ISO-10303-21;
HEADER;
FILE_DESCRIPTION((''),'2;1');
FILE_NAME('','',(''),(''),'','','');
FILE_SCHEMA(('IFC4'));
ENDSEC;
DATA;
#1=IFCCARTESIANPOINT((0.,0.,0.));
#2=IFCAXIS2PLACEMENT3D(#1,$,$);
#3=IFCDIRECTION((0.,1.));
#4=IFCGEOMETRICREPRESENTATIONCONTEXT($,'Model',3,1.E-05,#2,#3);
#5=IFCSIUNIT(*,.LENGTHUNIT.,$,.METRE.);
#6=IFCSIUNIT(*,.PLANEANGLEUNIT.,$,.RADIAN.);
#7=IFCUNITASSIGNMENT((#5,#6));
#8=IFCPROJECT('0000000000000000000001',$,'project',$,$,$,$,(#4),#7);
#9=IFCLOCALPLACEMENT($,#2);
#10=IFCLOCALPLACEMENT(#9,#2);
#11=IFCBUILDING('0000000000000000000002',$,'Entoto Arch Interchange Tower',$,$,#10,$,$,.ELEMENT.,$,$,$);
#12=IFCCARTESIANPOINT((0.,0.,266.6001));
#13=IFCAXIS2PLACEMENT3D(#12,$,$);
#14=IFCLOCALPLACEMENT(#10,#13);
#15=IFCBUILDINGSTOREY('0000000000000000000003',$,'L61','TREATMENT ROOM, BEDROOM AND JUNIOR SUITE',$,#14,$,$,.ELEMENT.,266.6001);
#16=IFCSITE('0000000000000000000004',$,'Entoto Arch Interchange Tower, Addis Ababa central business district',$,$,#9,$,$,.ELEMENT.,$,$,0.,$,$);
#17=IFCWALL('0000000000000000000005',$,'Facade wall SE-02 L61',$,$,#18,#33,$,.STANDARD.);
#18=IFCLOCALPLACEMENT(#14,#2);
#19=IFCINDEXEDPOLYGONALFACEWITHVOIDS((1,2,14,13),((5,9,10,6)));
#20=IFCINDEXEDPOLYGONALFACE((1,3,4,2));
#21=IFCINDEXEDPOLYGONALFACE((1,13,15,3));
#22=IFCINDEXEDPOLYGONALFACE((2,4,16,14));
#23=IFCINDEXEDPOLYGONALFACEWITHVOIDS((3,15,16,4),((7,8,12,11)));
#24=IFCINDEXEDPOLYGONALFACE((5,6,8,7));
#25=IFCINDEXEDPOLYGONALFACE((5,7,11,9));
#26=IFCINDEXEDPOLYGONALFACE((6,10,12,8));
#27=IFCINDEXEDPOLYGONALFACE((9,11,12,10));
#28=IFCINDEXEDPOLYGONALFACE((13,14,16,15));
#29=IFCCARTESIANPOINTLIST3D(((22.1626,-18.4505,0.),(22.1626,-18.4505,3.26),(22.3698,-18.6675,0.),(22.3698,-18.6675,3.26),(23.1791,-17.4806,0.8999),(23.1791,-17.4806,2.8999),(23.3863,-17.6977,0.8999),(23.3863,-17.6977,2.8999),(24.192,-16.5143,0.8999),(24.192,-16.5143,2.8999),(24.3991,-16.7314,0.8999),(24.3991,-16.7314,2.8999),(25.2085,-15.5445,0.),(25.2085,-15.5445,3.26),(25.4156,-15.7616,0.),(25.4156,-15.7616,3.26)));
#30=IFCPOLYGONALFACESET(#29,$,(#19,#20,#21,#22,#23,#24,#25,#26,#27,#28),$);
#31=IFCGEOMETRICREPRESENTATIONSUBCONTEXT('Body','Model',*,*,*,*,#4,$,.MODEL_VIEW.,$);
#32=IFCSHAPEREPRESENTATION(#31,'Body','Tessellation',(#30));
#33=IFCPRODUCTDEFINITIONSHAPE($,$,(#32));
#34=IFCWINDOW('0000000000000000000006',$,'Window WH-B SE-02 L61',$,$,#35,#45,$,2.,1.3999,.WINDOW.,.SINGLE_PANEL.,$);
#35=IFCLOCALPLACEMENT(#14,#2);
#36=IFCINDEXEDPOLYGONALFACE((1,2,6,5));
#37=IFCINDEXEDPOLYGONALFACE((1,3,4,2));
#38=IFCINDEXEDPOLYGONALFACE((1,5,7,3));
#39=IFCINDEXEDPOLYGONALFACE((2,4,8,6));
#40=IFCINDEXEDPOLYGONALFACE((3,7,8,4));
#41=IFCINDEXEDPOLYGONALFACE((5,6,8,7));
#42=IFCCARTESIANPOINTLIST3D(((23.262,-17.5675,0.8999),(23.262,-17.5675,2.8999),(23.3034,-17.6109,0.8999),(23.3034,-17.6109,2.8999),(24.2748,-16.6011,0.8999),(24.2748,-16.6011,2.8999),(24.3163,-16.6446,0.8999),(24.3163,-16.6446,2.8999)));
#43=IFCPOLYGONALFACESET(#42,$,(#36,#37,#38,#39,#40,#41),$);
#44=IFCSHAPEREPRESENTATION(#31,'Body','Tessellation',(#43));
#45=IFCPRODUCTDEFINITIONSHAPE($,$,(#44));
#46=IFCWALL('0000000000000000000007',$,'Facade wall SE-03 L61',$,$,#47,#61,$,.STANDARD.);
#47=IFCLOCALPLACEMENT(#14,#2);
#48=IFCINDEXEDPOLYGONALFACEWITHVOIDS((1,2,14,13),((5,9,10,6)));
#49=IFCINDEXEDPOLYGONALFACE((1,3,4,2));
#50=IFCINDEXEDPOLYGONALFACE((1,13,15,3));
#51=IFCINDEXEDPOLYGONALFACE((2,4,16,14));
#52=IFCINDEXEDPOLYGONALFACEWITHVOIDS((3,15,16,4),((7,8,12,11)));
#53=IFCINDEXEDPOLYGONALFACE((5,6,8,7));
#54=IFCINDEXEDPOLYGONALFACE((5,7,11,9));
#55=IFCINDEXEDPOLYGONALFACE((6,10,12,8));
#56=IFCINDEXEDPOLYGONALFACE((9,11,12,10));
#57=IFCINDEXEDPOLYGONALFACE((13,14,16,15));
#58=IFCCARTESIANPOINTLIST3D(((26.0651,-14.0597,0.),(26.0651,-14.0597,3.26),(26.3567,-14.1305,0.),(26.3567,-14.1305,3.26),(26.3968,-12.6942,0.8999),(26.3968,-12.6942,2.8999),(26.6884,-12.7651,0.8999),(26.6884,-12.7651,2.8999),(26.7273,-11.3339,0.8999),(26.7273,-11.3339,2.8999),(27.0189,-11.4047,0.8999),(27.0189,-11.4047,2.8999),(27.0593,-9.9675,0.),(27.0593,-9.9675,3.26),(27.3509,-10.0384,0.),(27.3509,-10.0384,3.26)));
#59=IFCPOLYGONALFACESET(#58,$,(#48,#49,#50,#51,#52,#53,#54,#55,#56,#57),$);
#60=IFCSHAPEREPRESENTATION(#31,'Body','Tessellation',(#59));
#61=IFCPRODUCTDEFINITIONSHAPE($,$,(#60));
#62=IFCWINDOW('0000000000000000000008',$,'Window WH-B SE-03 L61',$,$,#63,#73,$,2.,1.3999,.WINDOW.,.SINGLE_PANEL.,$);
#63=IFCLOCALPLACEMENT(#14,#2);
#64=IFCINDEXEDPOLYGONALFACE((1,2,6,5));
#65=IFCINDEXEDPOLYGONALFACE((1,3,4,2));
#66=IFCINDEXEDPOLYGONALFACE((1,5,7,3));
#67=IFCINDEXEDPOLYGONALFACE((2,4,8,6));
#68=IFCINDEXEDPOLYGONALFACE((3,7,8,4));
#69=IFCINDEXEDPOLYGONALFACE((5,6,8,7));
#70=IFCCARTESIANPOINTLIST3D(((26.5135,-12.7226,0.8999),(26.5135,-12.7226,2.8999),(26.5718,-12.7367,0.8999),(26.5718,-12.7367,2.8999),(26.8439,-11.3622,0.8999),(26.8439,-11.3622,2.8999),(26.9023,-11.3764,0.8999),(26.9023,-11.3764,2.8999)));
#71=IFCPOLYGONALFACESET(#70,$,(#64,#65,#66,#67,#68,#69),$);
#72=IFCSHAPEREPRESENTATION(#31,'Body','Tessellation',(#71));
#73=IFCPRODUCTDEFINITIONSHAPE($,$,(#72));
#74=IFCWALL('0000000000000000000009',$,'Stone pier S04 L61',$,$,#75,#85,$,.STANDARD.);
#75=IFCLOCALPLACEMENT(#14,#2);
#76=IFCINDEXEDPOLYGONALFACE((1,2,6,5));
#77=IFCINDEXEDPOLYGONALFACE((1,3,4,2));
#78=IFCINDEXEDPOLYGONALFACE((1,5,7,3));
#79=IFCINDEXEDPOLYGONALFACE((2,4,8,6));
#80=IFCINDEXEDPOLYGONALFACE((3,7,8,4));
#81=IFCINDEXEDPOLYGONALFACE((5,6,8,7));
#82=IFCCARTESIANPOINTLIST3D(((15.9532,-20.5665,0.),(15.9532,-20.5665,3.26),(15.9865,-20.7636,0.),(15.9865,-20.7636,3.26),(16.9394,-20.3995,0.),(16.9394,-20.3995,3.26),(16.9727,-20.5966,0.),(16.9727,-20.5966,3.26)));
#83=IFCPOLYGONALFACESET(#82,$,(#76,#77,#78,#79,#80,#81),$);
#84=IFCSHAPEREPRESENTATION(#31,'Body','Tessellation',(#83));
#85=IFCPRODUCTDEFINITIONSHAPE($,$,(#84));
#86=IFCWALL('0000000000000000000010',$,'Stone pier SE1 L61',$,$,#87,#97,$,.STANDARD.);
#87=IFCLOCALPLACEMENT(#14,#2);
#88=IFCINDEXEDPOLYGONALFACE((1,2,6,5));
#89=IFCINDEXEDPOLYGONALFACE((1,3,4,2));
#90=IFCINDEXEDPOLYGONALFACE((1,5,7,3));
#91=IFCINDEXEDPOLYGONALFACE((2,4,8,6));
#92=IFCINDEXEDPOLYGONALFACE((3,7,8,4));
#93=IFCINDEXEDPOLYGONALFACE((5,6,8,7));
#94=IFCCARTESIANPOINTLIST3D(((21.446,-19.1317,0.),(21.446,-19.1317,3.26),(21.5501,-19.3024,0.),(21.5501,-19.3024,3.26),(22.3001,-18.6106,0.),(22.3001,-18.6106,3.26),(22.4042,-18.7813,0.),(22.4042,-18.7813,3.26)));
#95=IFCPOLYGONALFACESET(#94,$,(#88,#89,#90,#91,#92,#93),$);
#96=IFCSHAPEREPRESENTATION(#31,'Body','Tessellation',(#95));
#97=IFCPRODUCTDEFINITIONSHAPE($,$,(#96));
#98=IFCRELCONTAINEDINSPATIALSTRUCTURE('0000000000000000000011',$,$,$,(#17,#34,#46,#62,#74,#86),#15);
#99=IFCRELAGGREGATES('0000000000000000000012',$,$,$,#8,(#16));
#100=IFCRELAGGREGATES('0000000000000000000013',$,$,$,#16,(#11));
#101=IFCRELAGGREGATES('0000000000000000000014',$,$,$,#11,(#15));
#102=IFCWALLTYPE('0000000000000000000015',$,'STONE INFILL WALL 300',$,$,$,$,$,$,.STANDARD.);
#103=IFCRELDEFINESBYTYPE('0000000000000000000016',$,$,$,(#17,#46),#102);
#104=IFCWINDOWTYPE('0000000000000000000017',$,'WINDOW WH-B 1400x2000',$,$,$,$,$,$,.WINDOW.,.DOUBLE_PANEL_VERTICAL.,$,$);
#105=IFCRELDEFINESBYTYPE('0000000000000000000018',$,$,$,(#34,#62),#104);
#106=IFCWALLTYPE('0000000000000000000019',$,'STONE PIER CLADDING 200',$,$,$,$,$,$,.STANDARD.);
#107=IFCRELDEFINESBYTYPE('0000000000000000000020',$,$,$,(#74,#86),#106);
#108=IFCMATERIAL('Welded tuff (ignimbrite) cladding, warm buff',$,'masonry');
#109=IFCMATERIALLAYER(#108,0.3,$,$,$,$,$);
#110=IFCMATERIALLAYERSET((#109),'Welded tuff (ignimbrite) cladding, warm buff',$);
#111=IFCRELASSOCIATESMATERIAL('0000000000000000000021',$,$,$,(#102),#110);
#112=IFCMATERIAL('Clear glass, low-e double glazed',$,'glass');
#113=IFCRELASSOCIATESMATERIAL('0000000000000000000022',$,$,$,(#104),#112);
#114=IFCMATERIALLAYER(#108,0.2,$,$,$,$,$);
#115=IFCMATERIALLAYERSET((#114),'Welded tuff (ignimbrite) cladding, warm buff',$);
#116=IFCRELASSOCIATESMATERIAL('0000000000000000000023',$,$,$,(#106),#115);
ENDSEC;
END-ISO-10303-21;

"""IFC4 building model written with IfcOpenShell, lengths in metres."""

from ifc_helpers import new_model, si_unit, direction, frame, frame_2d, origin, place, context, subcontext, project, spatial, rectangle, extrude, material, layer, layer_set, type_object, element, fill, save


model = new_model("IFC4")

# Units and contexts
model_context = context("Model", 3, precision=1e-05, world=origin(), true_north=direction((0.0, 1.0)))
body_context = subcontext(model_context, "Body", "Model", "MODEL_VIEW")
ifc_project = project(units=[si_unit("LENGTHUNIT", "METRE"), si_unit("PLANEANGLEUNIT", "RADIAN")], contexts=[model_context])

# Site, building, storey
site_placement = place(None, origin())
site = spatial("IfcSite", under=ifc_project, at=site_placement, Name="Entoto Arch Interchange Tower, Addis Ababa central business district", CompositionType="ELEMENT", RefElevation=0.0)
building_placement = place(site_placement, origin())
building = spatial("IfcBuilding", under=site, at=building_placement, Name="Entoto Arch Interchange Tower", CompositionType="ELEMENT")
storey_placement = place(building_placement, frame((0.0, 0.0, 266.6001)))
storey = spatial("IfcBuildingStorey", under=building, at=storey_placement, Name="L61", Description="TREATMENT ROOM, BEDROOM AND JUNIOR SUITE", CompositionType="ELEMENT", Elevation=266.6001)

# Shared definitions
ifc_material_1 = material(Name="Welded tuff (ignimbrite) cladding, warm buff", Category="masonry")
ifc_layer_1 = layer(ifc_material_1, 0.3)
ifc_layer_set_1 = layer_set([ifc_layer_1], Name="Welded tuff (ignimbrite) cladding, warm buff")
wall_type_1 = type_object("IfcWallType", Name="STONE INFILL WALL 300", PredefinedType="STANDARD", material=ifc_layer_set_1)
ifc_material_2 = material(Name="Clear glass, low-e double glazed", Category="glass")

# Walls, openings, windows
window_type_1 = type_object("IfcWindowType", Name="WINDOW WH-B 1400x2000", PartitioningType="DOUBLE_PANEL_VERTICAL", PredefinedType="WINDOW", material=ifc_material_2)
wall_1_placement = place(storey_placement, frame((22.2661, -18.5591, 0.0), z_axis=(0.0, 0.0, 1.0), x_axis=(0.723527, 0.690296, 0.0)))
wall_1 = element("IfcWall", 1, at=wall_1_placement, inside=storey, type_object=wall_type_1, Name="Facade wall SE-02 L61", PredefinedType="STANDARD", context=body_context, shape_type="SweptSolid", body=[
    extrude(rectangle(XDim=4.2097, YDim=0.3, at=frame_2d((2.105, 0.0))), origin(), (0.0, 0.0, 1.0), 3.26),
])
opening_1_placement = place(wall_1_placement, frame((1.405, 0.0, 0.8999)))
opening_1 = element("IfcOpeningElement", 2, at=opening_1_placement, cuts=wall_1, PredefinedType="OPENING", context=body_context, shape_type="SweptSolid", body=[
    extrude(rectangle(XDim=1.3999, YDim=2.0, at=frame_2d((0.7, 1.0))), frame((0.0, 0.1602, 0.0), z_axis=(0.0, -1.0, 0.0), x_axis=(1.0, 0.0, 0.0)), (0.0, 0.0, 1.0), 0.3201),
])
window_1_placement = place(opening_1_placement, origin())
window_1 = element("IfcWindow", 3, at=window_1_placement, inside=storey, type_object=window_type_1, Name="Window WH-B SE-02 L61", OverallHeight=2.0, OverallWidth=1.3999, PartitioningType="SINGLE_PANEL", PredefinedType="WINDOW", context=body_context, shape_type="SweptSolid", body=[
    extrude(rectangle(XDim=1.3999, YDim=2.0, at=frame_2d((0.7, 1.0))), frame((0.0, 0.03, 0.0), z_axis=(0.0, -1.0, 0.0), x_axis=(1.0, 0.0, 0.0)), (0.0, 0.0, 1.0), 0.0601),
])
fill(opening_1, window_1)
wall_2_placement = place(storey_placement, frame((26.2109, -14.095, 0.0), z_axis=(0.0, 0.0, 1.0), x_axis=(0.236078, 0.971734, 0.0)))
wall_2 = element("IfcWall", 4, at=wall_2_placement, inside=storey, type_object=wall_type_1, Name="Facade wall SE-03 L61", PredefinedType="STANDARD", context=body_context, shape_type="SweptSolid", body=[
    extrude(rectangle(XDim=4.2112, YDim=0.3, at=frame_2d((2.1055, 0.0))), origin(), (0.0, 0.0, 1.0), 3.26),
])
opening_2_placement = place(wall_2_placement, frame((1.405, 0.0, 0.8999)))
opening_2 = element("IfcOpeningElement", 5, at=opening_2_placement, cuts=wall_2, PredefinedType="OPENING", context=body_context, shape_type="SweptSolid", body=[
    extrude(rectangle(XDim=1.3999, YDim=2.0, at=frame_2d((0.7, 1.0))), frame((0.0, 0.1602, 0.0), z_axis=(0.0, -1.0, 0.0), x_axis=(1.0, 0.0, 0.0)), (0.0, 0.0, 1.0), 0.3201),
])
window_2_placement = place(opening_2_placement, origin())
window_2 = element("IfcWindow", 6, at=window_2_placement, inside=storey, type_object=window_type_1, Name="Window WH-B SE-03 L61", OverallHeight=2.0, OverallWidth=1.3999, PartitioningType="SINGLE_PANEL", PredefinedType="WINDOW", context=body_context, shape_type="SweptSolid", body=[
    extrude(rectangle(XDim=1.3999, YDim=2.0, at=frame_2d((0.7, 1.0))), frame((0.0, 0.03, 0.0), z_axis=(0.0, -1.0, 0.0), x_axis=(1.0, 0.0, 0.0)), (0.0, 0.0, 1.0), 0.0601),
])
fill(opening_2, window_2)

# Walls
ifc_layer_2 = layer(ifc_material_1, 0.2)
ifc_layer_set_2 = layer_set([ifc_layer_2], Name="Welded tuff (ignimbrite) cladding, warm buff")
wall_type_2 = type_object("IfcWallType", Name="STONE PIER CLADDING 200", PredefinedType="STANDARD", material=ifc_layer_set_2)
wall_3_placement = place(storey_placement, frame((15.97, -20.665, 0.0), z_axis=(0.0, 0.0, 1.0), x_axis=(0.985962, 0.166971, 0.0)))
element("IfcWall", 7, at=wall_3_placement, inside=storey, type_object=wall_type_2, Name="Stone pier S04 L61", PredefinedType="STANDARD", context=body_context, shape_type="SweptSolid", body=[
    extrude(rectangle(XDim=1.0002, YDim=0.2, at=frame_2d((0.5, 0.0))), origin(), (0.0, 0.0, 1.0), 3.26),
])
wall_4_placement = place(storey_placement, frame((21.498, -19.217, 0.0), z_axis=(0.0, 0.0, 1.0), x_axis=(0.85368, 0.520798, 0.0)))
element("IfcWall", 8, at=wall_4_placement, inside=storey, type_object=wall_type_2, Name="Stone pier SE1 L61", PredefinedType="STANDARD", context=body_context, shape_type="SweptSolid", body=[
    extrude(rectangle(XDim=1.0005, YDim=0.2, at=frame_2d((0.5002, 0.0))), origin(), (0.0, 0.0, 1.0), 3.26),
])

save(model, "model.ifc")
